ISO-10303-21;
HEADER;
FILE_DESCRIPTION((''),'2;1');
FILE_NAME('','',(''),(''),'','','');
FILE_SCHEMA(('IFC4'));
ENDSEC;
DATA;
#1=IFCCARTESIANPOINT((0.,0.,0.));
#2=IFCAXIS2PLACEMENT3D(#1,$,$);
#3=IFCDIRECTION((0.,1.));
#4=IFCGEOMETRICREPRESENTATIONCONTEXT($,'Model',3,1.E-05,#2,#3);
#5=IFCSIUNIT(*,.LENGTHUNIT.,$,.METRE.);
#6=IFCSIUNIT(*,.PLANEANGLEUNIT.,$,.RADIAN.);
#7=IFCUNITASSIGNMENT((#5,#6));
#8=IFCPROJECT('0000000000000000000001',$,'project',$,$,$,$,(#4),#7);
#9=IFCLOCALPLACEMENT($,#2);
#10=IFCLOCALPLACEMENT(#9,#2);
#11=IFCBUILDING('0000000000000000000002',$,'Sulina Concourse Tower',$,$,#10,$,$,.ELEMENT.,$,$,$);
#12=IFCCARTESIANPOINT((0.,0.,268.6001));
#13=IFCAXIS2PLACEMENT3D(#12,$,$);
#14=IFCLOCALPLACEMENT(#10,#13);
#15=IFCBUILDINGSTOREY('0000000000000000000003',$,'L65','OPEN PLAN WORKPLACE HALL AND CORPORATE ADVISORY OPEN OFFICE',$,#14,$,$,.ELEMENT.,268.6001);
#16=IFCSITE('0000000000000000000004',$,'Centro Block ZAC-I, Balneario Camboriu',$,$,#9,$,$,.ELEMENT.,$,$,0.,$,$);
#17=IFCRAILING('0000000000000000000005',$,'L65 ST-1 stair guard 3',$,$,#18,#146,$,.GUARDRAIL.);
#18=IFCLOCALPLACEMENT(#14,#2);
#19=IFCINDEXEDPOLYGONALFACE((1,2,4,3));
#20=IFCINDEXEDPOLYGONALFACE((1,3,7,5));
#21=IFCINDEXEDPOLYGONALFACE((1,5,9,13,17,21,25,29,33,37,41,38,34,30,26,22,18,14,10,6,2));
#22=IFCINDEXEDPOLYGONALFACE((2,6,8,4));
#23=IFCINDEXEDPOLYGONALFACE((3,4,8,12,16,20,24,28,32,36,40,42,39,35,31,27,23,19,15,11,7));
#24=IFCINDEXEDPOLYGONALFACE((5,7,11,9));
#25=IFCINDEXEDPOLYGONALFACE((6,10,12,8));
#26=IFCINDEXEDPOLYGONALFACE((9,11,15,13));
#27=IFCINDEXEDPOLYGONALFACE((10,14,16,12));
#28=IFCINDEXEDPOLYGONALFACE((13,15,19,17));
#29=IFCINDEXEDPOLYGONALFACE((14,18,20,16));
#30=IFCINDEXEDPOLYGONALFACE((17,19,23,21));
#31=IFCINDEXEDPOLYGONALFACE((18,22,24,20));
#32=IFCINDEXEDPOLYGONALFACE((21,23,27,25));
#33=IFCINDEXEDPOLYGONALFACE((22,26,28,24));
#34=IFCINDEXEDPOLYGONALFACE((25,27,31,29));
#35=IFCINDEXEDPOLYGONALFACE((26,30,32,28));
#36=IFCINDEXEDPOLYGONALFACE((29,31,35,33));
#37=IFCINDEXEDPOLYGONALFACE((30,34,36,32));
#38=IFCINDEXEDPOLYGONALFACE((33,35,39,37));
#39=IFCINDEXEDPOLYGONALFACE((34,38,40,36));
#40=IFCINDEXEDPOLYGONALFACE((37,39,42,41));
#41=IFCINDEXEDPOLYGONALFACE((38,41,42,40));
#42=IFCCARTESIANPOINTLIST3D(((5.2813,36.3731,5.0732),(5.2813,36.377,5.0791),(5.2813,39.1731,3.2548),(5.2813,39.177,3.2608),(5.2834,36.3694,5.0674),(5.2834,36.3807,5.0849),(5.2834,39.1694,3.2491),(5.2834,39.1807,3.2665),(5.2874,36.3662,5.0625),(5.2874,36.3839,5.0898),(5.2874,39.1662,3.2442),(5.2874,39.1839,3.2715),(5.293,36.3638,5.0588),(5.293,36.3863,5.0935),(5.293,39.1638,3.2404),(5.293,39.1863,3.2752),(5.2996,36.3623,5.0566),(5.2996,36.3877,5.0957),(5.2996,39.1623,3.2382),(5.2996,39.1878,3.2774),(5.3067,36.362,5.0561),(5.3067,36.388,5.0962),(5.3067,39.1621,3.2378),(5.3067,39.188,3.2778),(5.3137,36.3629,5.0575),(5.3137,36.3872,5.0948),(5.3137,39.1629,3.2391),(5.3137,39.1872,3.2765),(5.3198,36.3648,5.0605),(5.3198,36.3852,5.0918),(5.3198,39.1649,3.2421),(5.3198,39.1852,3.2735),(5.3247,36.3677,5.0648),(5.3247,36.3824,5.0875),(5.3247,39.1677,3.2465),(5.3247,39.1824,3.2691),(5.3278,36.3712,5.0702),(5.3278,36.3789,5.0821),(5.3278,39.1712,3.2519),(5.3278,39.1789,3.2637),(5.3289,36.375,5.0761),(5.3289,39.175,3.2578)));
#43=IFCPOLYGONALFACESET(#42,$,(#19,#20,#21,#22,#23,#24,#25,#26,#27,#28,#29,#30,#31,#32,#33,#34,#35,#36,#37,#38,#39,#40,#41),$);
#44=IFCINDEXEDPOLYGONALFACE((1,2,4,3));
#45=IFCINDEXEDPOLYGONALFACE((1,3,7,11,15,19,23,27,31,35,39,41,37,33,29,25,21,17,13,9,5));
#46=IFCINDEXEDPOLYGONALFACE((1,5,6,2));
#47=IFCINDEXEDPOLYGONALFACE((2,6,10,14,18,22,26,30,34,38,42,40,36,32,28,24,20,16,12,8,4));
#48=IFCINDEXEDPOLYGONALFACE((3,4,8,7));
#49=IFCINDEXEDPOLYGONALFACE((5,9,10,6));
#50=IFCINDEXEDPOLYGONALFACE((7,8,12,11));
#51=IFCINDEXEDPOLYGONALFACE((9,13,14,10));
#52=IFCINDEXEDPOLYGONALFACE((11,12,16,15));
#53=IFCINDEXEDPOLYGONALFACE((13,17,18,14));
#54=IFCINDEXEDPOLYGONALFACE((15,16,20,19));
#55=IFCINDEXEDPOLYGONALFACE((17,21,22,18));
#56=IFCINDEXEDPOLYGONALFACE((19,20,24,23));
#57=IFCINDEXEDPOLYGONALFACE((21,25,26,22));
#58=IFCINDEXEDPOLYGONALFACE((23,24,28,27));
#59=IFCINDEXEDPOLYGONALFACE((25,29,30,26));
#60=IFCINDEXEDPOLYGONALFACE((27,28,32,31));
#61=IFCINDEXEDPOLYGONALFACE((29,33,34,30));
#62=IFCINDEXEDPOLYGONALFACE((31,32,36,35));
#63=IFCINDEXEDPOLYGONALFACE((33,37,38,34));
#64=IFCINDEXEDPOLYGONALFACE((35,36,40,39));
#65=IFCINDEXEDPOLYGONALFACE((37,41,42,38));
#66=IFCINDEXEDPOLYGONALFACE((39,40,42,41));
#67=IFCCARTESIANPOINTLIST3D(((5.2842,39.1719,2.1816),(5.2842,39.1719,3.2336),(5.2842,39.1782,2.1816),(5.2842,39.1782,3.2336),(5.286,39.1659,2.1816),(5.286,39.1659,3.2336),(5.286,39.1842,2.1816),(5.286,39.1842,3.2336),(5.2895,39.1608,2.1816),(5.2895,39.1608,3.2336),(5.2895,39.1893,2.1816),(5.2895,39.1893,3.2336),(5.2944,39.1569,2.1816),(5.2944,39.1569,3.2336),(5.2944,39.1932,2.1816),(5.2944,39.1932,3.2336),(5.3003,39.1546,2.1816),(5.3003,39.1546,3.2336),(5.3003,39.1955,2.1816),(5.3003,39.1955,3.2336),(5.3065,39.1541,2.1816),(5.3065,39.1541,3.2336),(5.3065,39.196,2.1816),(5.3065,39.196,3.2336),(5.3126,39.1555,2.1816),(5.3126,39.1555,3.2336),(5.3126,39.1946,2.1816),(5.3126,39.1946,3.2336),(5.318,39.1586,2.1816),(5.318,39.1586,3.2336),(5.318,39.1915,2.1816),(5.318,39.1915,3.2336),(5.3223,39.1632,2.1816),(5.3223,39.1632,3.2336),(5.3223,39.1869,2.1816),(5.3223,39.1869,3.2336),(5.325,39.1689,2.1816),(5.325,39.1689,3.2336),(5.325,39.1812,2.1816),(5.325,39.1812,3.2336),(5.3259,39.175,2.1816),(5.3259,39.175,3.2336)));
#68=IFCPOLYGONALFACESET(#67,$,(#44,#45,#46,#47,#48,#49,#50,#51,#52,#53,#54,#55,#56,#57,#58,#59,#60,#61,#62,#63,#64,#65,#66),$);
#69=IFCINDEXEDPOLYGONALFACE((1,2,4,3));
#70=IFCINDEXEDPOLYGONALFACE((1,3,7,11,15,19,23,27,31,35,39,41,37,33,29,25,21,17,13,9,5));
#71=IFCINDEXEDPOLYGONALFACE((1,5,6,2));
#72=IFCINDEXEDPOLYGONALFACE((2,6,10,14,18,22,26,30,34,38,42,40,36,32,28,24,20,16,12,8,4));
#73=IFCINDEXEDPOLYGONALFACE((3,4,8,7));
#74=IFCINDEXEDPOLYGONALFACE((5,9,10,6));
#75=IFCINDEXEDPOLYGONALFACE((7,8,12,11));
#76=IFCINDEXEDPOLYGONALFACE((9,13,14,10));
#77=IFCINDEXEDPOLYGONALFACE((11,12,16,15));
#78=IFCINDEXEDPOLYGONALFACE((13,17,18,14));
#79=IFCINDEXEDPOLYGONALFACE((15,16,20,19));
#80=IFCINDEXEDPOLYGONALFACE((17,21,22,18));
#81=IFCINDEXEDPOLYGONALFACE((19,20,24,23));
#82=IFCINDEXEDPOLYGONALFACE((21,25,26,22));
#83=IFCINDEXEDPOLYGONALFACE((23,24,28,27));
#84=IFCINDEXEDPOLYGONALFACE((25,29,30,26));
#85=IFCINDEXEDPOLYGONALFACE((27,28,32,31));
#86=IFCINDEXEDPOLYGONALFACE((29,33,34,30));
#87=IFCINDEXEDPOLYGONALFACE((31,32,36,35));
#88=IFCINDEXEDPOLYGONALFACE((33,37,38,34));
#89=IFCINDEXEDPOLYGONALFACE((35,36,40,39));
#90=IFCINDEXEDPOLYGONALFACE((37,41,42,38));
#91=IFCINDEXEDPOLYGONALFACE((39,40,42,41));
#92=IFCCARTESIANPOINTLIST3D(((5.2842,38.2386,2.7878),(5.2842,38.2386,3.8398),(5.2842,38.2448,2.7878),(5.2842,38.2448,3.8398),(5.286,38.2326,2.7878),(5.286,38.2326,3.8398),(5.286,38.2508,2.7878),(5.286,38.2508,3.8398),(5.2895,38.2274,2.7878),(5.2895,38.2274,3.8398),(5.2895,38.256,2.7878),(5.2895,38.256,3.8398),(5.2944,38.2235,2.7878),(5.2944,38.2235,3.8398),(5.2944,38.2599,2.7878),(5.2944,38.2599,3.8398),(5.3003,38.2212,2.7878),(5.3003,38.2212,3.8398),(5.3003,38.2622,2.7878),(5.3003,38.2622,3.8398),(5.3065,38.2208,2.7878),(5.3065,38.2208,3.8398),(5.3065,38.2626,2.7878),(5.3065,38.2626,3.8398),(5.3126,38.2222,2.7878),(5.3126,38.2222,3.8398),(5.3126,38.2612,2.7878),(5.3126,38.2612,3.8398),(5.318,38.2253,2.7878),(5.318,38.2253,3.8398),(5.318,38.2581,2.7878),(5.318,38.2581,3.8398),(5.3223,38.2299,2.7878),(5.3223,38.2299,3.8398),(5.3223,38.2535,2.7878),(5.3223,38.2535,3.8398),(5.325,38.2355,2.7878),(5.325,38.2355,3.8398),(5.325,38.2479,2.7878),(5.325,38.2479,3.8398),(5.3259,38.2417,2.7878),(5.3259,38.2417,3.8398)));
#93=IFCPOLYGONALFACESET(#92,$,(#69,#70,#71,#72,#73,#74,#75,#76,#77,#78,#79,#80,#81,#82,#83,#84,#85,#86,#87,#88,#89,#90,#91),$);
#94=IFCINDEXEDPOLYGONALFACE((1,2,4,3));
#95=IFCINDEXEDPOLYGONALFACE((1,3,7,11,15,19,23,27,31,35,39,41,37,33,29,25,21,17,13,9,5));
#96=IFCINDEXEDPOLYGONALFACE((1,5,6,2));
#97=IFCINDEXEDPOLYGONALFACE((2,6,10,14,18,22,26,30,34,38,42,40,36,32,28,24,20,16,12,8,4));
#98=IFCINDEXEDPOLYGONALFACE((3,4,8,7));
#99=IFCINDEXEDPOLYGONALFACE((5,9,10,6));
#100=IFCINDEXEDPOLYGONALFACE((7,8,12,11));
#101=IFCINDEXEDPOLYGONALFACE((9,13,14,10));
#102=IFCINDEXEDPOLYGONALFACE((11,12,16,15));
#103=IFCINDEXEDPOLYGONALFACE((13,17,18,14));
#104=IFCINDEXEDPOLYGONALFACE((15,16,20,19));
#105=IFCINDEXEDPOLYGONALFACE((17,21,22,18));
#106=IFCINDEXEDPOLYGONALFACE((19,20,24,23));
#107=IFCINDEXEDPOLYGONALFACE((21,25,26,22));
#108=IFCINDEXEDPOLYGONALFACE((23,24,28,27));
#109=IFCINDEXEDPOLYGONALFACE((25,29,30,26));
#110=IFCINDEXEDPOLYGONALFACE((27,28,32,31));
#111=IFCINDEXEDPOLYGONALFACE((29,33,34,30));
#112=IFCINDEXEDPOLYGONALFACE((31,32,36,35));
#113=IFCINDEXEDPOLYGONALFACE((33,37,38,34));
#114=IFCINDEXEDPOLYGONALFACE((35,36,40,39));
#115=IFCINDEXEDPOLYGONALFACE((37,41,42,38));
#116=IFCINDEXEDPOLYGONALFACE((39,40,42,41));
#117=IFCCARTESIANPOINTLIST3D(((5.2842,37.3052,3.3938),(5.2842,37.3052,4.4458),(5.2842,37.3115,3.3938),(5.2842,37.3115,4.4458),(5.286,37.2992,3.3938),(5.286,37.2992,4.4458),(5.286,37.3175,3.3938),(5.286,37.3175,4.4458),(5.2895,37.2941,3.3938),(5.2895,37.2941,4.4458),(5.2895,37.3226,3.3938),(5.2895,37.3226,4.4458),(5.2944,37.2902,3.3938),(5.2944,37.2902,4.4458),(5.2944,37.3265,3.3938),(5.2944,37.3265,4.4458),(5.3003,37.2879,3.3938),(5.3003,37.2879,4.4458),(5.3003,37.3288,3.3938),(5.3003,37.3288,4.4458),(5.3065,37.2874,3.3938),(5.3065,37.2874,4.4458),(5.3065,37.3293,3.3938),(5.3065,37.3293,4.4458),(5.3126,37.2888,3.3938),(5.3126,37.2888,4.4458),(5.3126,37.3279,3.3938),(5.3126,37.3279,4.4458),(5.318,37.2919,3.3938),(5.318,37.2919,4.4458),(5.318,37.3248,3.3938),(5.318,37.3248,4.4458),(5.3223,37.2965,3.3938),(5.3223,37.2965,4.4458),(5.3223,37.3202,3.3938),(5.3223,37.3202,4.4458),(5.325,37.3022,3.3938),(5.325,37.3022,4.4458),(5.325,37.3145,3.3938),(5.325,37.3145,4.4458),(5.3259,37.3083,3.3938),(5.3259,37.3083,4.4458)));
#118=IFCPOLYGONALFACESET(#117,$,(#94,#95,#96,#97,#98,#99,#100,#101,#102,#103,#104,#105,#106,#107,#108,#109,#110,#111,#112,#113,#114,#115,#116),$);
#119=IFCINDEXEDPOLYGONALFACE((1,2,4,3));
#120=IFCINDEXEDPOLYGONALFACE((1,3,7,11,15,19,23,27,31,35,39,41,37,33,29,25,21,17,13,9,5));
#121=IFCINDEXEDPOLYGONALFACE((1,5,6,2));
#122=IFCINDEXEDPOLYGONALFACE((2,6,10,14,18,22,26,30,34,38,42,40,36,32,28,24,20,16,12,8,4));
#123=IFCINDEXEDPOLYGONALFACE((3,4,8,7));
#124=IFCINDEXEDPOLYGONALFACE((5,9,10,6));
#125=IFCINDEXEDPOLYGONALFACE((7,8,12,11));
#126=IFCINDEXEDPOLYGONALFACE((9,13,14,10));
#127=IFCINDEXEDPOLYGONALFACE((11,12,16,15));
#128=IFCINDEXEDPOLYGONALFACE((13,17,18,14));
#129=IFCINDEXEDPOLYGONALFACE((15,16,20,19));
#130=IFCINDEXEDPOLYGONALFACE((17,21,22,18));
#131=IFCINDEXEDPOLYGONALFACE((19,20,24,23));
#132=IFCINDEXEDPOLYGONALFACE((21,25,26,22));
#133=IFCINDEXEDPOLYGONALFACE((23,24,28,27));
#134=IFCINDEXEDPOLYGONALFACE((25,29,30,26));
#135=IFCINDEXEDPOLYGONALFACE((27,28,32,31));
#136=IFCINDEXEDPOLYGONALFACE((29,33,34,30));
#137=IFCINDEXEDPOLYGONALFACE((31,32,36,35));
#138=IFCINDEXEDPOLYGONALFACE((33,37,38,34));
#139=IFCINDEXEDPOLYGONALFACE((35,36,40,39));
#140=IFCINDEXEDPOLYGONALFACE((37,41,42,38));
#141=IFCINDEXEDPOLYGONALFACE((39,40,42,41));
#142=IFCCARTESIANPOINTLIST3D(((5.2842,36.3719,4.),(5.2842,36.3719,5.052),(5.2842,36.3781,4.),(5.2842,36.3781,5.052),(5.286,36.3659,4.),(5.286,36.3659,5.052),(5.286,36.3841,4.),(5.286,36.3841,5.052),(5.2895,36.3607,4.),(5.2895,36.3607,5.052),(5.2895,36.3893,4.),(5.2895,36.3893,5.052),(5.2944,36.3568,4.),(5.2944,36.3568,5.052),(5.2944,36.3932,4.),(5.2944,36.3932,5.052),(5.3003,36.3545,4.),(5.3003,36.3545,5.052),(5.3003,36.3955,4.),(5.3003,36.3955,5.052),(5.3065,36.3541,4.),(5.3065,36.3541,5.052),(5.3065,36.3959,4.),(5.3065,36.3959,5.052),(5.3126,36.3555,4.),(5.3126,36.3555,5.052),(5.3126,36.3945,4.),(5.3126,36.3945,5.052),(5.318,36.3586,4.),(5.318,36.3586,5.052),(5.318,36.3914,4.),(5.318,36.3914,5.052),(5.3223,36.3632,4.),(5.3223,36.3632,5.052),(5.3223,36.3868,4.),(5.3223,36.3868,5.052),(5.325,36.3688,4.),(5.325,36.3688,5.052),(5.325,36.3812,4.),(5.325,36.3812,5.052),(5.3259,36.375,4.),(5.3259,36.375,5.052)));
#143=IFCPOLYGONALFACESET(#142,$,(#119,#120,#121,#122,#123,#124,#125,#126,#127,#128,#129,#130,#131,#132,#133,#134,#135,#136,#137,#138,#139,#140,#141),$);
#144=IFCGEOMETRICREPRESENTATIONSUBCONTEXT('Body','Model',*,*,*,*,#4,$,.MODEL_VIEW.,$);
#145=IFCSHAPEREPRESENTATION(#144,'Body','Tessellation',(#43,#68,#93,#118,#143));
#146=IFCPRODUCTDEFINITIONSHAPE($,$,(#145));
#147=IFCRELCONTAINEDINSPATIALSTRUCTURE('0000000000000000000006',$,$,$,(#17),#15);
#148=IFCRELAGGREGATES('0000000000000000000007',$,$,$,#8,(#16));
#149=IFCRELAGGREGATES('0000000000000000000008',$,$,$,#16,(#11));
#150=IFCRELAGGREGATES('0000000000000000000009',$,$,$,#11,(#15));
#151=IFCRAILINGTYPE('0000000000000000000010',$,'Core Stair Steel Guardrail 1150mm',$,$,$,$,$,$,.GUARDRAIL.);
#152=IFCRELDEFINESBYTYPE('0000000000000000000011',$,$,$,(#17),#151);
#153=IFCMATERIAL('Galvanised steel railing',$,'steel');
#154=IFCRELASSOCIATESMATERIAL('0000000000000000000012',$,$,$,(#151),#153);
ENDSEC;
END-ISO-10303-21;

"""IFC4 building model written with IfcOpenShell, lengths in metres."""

from ifc_helpers import new_model, si_unit, direction, frame, origin, origin_2d, place, context, subcontext, project, spatial, circle, extrude, material, type_object, element, save


model = new_model("IFC4")

# Units and contexts
model_context = context("Model", 3, precision=1e-05, world=origin(), true_north=direction((0.0, 1.0)))
body_context = subcontext(model_context, "Body", "Model", "MODEL_VIEW")
ifc_project = project(units=[si_unit("LENGTHUNIT", "METRE"), si_unit("PLANEANGLEUNIT", "RADIAN")], contexts=[model_context])

# Site, building, storey
site_placement = place(None, origin())
site = spatial("IfcSite", under=ifc_project, at=site_placement, Name="Centro Block ZAC-I, Balneario Camboriu", CompositionType="ELEMENT", RefElevation=0.0)
building_placement = place(site_placement, origin())
building = spatial("IfcBuilding", under=site, at=building_placement, Name="Sulina Concourse Tower", CompositionType="ELEMENT")
storey_placement = place(building_placement, frame((0.0, 0.0, 268.6001)))
storey = spatial("IfcBuildingStorey", under=building, at=storey_placement, Name="L65", Description="OPEN PLAN WORKPLACE HALL AND CORPORATE ADVISORY OPEN OFFICE", CompositionType="ELEMENT", Elevation=268.6001)

# Railing
ifc_material_1 = material(Name="Galvanised steel railing", Category="steel")
railing_type_1 = type_object("IfcRailingType", Name="Core Stair Steel Guardrail 1150mm", PredefinedType="GUARDRAIL", material=ifc_material_1)
railing_1_placement = place(storey_placement, frame((5.3049, 39.175, 2.1816)))
element("IfcRailing", 1, at=railing_1_placement, inside=storey, type_object=railing_type_1, Name="L65 ST-1 stair guard 3", PredefinedType="GUARDRAIL", context=body_context, shape_type="SweptSolid", body=[
    extrude(circle(Radius=0.0239, at=origin_2d()), frame((0.0, 0.0, 1.0762), z_axis=(0.0, -0.838672, 0.544636), x_axis=(1.0, 0.0, 0.0)), (0.0, 0.0, 1.0), 3.3386),
    extrude(circle(Radius=0.021, at=origin_2d()), origin(), (0.0, 0.0, 1.0), 1.052),
    extrude(circle(Radius=0.021, at=origin_2d()), frame((0.0, -0.9333, 0.6062)), (0.0, 0.0, 1.0), 1.052),
    extrude(circle(Radius=0.021, at=origin_2d()), frame((0.0, -1.8667, 1.2122)), (0.0, 0.0, 1.0), 1.052),
    extrude(circle(Radius=0.021, at=origin_2d()), frame((0.0, -2.8, 1.8184)), (0.0, 0.0, 1.0), 1.052),
])

save(model, "model.ifc")
